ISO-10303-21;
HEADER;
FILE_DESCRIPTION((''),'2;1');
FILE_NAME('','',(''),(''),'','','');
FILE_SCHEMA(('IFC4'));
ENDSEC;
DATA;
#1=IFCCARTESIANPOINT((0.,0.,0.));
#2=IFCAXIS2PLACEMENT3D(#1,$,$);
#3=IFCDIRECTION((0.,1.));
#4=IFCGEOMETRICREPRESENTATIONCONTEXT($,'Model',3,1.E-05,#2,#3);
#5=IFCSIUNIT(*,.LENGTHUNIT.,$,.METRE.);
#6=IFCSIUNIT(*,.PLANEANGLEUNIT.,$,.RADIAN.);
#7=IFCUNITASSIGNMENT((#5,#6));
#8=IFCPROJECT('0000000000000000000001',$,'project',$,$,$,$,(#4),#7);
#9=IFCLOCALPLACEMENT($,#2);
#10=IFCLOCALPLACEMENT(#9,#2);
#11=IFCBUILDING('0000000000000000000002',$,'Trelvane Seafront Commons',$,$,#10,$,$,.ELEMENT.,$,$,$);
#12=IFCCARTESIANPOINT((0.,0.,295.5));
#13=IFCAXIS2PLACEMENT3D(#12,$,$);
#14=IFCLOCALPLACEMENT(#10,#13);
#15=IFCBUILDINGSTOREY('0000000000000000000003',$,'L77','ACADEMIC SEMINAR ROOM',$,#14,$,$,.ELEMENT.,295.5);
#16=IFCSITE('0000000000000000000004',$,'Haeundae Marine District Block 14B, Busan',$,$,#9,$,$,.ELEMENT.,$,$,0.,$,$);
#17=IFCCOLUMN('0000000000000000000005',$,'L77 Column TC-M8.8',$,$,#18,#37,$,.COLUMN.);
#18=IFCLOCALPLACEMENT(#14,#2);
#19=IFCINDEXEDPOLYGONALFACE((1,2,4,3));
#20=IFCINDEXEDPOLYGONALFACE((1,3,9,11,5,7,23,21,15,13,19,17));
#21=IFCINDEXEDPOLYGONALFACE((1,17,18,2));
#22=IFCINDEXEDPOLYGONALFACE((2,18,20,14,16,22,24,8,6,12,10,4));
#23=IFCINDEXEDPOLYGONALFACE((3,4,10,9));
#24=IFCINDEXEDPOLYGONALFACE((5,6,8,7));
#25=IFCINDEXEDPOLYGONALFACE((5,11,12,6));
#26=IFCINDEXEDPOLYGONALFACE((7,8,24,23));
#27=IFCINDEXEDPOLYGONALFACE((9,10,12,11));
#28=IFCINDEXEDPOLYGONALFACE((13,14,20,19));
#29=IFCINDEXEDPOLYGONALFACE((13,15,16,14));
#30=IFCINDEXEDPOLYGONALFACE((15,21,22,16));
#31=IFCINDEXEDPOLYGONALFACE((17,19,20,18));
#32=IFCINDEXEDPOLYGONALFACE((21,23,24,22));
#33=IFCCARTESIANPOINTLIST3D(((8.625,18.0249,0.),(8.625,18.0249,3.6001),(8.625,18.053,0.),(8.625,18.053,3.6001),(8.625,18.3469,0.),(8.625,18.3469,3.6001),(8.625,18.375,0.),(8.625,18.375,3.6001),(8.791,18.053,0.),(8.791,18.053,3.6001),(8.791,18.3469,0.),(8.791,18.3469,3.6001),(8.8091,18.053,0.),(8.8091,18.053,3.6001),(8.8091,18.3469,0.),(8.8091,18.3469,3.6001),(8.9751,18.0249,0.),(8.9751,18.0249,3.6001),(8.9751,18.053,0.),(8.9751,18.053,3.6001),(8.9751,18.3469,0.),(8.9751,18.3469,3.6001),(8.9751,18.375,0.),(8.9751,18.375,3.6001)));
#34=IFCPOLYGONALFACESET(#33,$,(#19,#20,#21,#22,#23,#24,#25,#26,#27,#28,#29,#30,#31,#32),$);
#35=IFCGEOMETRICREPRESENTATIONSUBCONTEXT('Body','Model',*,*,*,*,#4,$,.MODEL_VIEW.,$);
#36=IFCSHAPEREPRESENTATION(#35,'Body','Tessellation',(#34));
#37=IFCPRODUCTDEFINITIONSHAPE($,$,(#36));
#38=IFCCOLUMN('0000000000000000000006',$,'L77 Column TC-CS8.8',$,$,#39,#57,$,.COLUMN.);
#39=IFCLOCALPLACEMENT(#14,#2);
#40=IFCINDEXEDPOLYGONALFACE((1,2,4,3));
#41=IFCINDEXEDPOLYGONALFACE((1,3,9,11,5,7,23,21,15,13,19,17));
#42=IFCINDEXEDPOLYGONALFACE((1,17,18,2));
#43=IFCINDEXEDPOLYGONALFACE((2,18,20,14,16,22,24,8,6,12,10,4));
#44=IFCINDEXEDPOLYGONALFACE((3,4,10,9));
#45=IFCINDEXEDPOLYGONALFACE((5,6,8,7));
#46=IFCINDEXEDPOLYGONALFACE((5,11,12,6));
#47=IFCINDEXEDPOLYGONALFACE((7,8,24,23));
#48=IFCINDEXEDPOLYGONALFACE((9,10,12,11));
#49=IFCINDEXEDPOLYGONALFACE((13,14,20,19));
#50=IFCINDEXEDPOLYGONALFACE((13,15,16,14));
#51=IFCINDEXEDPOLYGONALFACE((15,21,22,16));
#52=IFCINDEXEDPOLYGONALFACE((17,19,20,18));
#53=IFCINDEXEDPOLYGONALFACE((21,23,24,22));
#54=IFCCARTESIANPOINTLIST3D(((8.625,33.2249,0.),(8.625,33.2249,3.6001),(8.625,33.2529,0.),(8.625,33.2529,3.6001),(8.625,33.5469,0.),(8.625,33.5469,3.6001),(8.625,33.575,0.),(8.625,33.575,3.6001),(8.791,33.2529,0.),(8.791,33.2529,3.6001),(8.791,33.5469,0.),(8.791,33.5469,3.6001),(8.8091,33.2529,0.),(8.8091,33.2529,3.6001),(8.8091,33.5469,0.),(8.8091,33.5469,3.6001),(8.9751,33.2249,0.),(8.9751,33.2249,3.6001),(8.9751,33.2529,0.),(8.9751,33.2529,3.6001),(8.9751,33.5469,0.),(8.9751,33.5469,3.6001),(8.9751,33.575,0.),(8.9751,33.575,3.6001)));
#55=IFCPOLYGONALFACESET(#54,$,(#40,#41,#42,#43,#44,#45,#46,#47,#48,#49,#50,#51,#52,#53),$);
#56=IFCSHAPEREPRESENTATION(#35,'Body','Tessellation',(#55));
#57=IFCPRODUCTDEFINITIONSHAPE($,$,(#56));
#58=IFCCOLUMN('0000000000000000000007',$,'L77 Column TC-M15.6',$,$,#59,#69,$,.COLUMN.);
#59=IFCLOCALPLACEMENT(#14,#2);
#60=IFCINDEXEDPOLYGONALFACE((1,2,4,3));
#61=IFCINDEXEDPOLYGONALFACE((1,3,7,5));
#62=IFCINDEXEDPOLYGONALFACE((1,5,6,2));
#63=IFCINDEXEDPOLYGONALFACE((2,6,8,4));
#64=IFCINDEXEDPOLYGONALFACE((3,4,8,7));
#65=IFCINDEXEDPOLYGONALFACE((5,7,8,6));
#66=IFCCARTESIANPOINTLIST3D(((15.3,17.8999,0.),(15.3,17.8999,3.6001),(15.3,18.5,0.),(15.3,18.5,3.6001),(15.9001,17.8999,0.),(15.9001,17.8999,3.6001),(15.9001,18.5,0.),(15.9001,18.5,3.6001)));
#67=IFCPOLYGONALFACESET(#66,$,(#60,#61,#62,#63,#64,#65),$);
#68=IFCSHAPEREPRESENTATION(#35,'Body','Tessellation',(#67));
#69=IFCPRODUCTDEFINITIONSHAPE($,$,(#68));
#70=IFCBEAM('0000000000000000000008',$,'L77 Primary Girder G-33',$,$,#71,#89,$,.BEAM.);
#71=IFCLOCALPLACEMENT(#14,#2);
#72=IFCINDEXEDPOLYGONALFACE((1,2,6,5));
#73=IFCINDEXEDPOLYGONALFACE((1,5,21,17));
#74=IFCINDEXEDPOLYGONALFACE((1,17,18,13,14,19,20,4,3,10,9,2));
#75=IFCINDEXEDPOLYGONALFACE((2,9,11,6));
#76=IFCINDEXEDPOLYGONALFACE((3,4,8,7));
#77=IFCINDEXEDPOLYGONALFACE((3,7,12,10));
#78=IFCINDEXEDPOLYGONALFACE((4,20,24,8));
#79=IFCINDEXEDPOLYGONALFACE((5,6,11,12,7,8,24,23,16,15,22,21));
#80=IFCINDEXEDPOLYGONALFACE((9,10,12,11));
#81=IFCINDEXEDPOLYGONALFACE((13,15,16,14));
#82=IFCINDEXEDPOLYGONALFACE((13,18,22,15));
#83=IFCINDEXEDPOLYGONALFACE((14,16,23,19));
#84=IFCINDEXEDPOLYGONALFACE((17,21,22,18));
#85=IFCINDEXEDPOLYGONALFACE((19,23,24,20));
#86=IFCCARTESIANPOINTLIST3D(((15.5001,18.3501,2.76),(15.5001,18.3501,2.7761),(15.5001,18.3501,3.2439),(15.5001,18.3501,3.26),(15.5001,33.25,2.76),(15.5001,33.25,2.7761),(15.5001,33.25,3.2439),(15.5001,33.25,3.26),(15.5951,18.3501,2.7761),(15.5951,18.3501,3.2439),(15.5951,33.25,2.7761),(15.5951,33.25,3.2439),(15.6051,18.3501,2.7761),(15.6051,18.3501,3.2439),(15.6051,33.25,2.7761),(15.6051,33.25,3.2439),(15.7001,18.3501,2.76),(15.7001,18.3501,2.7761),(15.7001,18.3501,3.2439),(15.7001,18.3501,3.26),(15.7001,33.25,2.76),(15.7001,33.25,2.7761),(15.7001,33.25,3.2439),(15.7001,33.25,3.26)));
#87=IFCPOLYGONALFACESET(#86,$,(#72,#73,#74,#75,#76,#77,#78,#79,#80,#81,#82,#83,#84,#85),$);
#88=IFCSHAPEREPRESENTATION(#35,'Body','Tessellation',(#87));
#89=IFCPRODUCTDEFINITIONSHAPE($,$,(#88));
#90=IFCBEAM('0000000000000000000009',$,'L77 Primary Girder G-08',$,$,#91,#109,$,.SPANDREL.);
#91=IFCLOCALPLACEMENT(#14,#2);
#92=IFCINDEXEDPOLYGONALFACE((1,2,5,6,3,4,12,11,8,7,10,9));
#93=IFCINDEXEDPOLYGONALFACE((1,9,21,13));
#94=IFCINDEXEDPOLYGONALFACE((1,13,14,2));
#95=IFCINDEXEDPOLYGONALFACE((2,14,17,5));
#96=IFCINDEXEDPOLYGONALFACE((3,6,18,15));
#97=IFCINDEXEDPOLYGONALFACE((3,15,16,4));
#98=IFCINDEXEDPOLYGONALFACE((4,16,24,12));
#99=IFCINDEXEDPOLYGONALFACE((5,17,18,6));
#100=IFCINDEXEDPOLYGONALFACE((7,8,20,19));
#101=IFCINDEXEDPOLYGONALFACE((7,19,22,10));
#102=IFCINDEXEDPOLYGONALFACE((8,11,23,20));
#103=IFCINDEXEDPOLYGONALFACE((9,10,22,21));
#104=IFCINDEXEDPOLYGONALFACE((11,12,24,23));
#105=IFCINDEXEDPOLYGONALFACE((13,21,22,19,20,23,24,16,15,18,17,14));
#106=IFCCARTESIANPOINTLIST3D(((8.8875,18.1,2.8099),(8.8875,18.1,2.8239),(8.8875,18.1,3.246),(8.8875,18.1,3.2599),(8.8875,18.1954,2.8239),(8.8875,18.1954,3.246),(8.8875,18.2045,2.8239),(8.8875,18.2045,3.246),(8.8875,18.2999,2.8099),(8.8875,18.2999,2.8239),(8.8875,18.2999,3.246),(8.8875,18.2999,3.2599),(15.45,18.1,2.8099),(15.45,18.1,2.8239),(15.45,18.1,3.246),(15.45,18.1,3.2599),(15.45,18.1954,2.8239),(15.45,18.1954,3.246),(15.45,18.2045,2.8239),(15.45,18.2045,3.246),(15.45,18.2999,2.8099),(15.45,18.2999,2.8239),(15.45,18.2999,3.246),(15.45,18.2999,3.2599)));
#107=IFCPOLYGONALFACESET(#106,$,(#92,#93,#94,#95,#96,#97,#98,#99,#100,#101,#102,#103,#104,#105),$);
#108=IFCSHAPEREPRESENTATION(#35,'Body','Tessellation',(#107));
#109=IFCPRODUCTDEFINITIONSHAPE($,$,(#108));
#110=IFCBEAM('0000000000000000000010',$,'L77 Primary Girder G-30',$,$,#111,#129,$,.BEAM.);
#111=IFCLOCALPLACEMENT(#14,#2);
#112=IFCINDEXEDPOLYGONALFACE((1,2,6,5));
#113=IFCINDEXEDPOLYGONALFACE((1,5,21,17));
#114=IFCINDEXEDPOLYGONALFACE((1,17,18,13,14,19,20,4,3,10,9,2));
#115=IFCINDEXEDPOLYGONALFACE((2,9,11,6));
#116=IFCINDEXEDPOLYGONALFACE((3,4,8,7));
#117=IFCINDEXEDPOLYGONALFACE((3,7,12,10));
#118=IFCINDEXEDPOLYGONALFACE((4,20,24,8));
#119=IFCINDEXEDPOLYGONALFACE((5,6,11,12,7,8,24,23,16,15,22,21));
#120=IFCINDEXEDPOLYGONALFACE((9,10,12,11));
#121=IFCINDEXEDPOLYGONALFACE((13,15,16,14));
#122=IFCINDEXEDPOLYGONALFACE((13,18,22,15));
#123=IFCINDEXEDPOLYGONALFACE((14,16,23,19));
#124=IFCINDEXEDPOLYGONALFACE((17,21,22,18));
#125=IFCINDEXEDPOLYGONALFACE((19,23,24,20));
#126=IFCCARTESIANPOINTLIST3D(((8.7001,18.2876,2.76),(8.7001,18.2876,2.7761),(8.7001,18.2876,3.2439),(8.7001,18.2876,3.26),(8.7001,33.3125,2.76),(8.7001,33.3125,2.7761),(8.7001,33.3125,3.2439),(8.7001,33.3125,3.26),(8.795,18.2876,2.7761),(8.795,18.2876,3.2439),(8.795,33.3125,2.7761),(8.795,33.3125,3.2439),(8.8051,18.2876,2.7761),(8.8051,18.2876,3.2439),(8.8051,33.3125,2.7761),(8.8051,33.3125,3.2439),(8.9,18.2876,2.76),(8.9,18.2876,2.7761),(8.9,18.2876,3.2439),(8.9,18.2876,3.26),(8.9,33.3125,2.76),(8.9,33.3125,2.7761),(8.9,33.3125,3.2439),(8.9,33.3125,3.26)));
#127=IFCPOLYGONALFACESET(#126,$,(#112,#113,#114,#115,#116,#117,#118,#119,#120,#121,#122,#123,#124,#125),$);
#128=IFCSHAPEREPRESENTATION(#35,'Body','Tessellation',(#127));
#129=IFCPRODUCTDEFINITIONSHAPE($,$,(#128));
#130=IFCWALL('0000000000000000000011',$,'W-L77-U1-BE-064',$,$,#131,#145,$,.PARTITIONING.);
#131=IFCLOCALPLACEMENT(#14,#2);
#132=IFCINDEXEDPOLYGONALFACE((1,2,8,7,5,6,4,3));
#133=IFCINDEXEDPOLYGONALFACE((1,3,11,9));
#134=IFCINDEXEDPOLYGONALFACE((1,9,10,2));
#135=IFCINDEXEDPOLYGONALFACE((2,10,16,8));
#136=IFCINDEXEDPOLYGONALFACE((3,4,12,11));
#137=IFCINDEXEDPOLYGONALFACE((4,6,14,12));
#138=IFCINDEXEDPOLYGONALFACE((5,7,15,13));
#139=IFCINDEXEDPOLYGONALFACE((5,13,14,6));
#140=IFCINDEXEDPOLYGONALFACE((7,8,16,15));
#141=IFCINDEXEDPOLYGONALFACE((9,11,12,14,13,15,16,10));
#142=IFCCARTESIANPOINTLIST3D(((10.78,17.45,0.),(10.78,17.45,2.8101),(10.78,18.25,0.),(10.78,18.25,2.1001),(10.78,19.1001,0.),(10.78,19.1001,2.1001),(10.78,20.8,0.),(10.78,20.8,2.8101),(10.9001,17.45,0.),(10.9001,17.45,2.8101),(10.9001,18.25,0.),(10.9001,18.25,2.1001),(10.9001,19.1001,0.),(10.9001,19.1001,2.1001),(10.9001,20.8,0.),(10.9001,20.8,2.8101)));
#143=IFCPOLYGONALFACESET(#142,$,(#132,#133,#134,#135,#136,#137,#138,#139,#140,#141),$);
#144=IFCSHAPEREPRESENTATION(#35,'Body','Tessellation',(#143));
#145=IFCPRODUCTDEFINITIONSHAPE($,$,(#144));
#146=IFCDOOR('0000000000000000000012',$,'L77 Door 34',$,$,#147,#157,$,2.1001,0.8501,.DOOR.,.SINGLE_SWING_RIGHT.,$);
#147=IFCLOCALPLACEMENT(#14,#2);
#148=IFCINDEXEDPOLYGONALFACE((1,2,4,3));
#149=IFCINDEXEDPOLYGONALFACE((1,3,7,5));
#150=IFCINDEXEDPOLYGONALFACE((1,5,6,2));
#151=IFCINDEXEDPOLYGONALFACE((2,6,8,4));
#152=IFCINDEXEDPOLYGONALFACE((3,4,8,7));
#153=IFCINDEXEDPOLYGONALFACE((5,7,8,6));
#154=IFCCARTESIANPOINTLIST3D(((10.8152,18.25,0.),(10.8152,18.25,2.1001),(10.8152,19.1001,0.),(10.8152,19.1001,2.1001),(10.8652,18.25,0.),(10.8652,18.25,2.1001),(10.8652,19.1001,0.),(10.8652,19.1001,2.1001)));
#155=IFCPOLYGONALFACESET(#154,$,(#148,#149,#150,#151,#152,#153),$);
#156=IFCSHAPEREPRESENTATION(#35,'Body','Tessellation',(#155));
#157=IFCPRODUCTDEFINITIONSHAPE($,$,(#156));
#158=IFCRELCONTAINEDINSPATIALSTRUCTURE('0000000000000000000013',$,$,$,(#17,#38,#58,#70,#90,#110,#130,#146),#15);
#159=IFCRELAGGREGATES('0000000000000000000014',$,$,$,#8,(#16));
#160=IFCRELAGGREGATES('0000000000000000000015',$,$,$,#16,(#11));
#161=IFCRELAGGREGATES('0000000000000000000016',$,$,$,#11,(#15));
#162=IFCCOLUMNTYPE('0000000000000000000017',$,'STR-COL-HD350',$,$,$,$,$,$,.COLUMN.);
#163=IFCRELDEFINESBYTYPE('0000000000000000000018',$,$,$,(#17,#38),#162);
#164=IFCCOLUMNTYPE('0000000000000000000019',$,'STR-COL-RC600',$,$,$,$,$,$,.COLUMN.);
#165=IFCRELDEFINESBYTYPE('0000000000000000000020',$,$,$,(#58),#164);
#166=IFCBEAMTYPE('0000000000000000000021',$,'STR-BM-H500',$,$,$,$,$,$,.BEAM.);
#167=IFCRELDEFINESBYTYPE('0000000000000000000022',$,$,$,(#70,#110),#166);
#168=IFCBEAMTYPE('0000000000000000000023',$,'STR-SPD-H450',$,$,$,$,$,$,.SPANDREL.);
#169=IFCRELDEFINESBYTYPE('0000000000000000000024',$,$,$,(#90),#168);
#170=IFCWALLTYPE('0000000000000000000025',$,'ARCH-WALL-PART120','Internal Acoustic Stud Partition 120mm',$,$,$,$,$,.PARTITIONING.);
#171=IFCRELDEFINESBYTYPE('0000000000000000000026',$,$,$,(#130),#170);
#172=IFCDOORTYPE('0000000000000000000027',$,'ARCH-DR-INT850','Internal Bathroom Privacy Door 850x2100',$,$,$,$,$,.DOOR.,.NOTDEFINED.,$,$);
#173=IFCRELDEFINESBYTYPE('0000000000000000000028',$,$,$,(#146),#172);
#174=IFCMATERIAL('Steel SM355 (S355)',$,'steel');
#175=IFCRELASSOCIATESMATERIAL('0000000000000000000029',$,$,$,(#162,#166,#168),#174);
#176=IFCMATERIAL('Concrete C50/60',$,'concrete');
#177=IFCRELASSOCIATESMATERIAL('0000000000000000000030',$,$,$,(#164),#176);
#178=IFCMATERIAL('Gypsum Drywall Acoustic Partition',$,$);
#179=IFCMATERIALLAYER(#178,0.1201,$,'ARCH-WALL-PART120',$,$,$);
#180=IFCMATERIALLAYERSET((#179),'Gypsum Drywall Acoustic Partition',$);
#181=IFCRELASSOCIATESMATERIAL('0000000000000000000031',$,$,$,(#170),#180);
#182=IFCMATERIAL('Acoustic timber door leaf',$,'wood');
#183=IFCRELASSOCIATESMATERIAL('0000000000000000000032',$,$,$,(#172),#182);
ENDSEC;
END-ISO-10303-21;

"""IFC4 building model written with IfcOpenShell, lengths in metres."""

from ifc_helpers import new_model, si_unit, direction, frame, frame_2d, origin, origin_2d, place, context, subcontext, project, spatial, rectangle, i_section, extrude, source, transform, mapped, material, layer, layer_set, material_profile, profile_set, type_object, element, fill, save


model = new_model("IFC4")

# Units and contexts
model_context = context("Model", 3, precision=1e-05, world=origin(), true_north=direction((0.0, 1.0)))
body_context = subcontext(model_context, "Body", "Model", "MODEL_VIEW")
ifc_project = project(units=[si_unit("LENGTHUNIT", "METRE"), si_unit("PLANEANGLEUNIT", "RADIAN")], contexts=[model_context])

# Site, building, storey
site_placement = place(None, origin())
site = spatial("IfcSite", under=ifc_project, at=site_placement, Name="Haeundae Marine District Block 14B, Busan", CompositionType="ELEMENT", RefElevation=0.0)
building_placement = place(site_placement, origin())
building = spatial("IfcBuilding", under=site, at=building_placement, Name="Trelvane Seafront Commons", CompositionType="ELEMENT")
storey_placement = place(building_placement, frame((0.0, 0.0, 295.5)))
storey = spatial("IfcBuildingStorey", under=building, at=storey_placement, Name="L77", Description="ACADEMIC SEMINAR ROOM", CompositionType="ELEMENT", Elevation=295.5)

# Columns
ifc_material_1 = material(Name="Steel SM355 (S355)", Category="steel")
ifc_material_profile_1 = material_profile(ifc_material_1, i_section(OverallWidth=0.3501, OverallDepth=0.3501, WebThickness=0.0181, FlangeThickness=0.0281, at=origin_2d()), Name="HD-350x350x18x28")
ifc_profile_set_1 = profile_set([ifc_material_profile_1], Name="Steel SM355 (S355)")
column_type_1 = type_object("IfcColumnType", Name="STR-COL-HD350", PredefinedType="COLUMN", material=ifc_profile_set_1)
shared_shape_1 = source(origin(), body_context, "Body", "SweptSolid", [
    extrude(i_section(OverallWidth=0.3501, OverallDepth=0.3501, WebThickness=0.0181, FlangeThickness=0.0281, at=origin_2d()), origin(), (0.0, 0.0, 1.0), 3.6001),
])
for number, where, z_axis, x_axis, name in (
    (1, (8.8, 18.2, 0.0), (0.0, 0.0, 1.0), (1.0, 0.0, 0.0), "L77 Column TC-M8.8"),
    (2, (8.8, 33.3999, 0.0), (0.0, 0.0, 1.0), (1.0, 0.0, 0.0), "L77 Column TC-CS8.8"),
):
    element("IfcColumn", number, at=place(storey_placement, frame(where, z_axis=z_axis, x_axis=x_axis)), inside=storey, type_object=column_type_1, Name=name, PredefinedType="COLUMN", context=body_context, shape_type="MappedRepresentation", body=[
        mapped(shared_shape_1, transform((0.0, 0.0, 0.0), x_axis=(1.0, 0.0, 0.0), y_axis=(0.0, 1.0, 0.0), z_axis=(0.0, 0.0, 1.0), scale=1.0)),
    ])
ifc_material_2 = material(Name="Concrete C50/60", Category="concrete")
ifc_material_profile_2 = material_profile(ifc_material_2, rectangle(XDim=0.6001, YDim=0.6001, at=origin_2d()), Name="RC-600x600")
ifc_profile_set_2 = profile_set([ifc_material_profile_2], Name="Concrete C50/60")
column_type_2 = type_object("IfcColumnType", Name="STR-COL-RC600", PredefinedType="COLUMN", material=ifc_profile_set_2)
shared_shape_2 = source(origin(), body_context, "Body", "SweptSolid", [
    extrude(rectangle(XDim=0.6001, YDim=0.6001, at=origin_2d()), origin(), (0.0, 0.0, 1.0), 3.6001),
])
column_placement = place(storey_placement, frame((15.6001, 18.2, 0.0), z_axis=(0.0, 0.0, 1.0), x_axis=(1.0, 0.0, 0.0)))
element("IfcColumn", 3, at=column_placement, inside=storey, type_object=column_type_2, Name="L77 Column TC-M15.6", PredefinedType="COLUMN", context=body_context, shape_type="MappedRepresentation", body=[
    mapped(shared_shape_2, transform((0.0, 0.0, 0.0), x_axis=(1.0, 0.0, 0.0), y_axis=(0.0, 1.0, 0.0), z_axis=(0.0, 0.0, 1.0), scale=1.0)),
])

# Beams
ifc_material_profile_3 = material_profile(ifc_material_1, i_section(OverallWidth=0.2, OverallDepth=0.5, WebThickness=0.01, FlangeThickness=0.0161, at=origin_2d()), Name="H-500x200x10x16")
ifc_profile_set_3 = profile_set([ifc_material_profile_3], Name="Steel SM355 (S355)")
beam_type_1 = type_object("IfcBeamType", Name="STR-BM-H500", PredefinedType="BEAM", material=ifc_profile_set_3)
shared_shape_3 = source(origin(), body_context, "Body", "SweptSolid", [
    extrude(i_section(OverallWidth=0.2, OverallDepth=0.5, WebThickness=0.01, FlangeThickness=0.0161, at=origin_2d()), origin(), (0.0, 0.0, 1.0), 14.8999),
])
beam_1_placement = place(storey_placement, frame((15.6001, 18.3501, 3.01), z_axis=(0.0, 1.0, 0.0), x_axis=(-1.0, 0.0, 0.0)))
element("IfcBeam", 4, at=beam_1_placement, inside=storey, type_object=beam_type_1, Name="L77 Primary Girder G-33", PredefinedType="BEAM", context=body_context, shape_type="MappedRepresentation", body=[
    mapped(shared_shape_3, transform((0.0, 0.0, 0.0), x_axis=(1.0, 0.0, 0.0), y_axis=(0.0, 1.0, 0.0), z_axis=(0.0, 0.0, 1.0), scale=1.0)),
])
ifc_material_profile_4 = material_profile(ifc_material_1, i_section(OverallWidth=0.2, OverallDepth=0.45, WebThickness=0.009, FlangeThickness=0.0139, at=origin_2d()), Name="H-450x200x9x14")
ifc_profile_set_4 = profile_set([ifc_material_profile_4], Name="Steel SM355 (S355)")
beam_type_2 = type_object("IfcBeamType", Name="STR-SPD-H450", PredefinedType="SPANDREL", material=ifc_profile_set_4)
shared_shape_4 = source(origin(), body_context, "Body", "SweptSolid", [
    extrude(i_section(OverallWidth=0.2, OverallDepth=0.45, WebThickness=0.009, FlangeThickness=0.0139, at=origin_2d()), origin(), (0.0, 0.0, 1.0), 6.5625),
])
beam_2_placement = place(storey_placement, frame((8.8875, 18.2, 3.0349), z_axis=(1.0, 0.0, 0.0), x_axis=(0.0, 1.0, 0.0)))
element("IfcBeam", 5, at=beam_2_placement, inside=storey, type_object=beam_type_2, Name="L77 Primary Girder G-08", PredefinedType="SPANDREL", context=body_context, shape_type="MappedRepresentation", body=[
    mapped(shared_shape_4, transform((0.0, 0.0, 0.0), x_axis=(1.0, 0.0, 0.0), y_axis=(0.0, 1.0, 0.0), z_axis=(0.0, 0.0, 1.0), scale=1.0)),
])
shared_shape_5 = source(origin(), body_context, "Body", "SweptSolid", [
    extrude(i_section(OverallWidth=0.2, OverallDepth=0.5, WebThickness=0.01, FlangeThickness=0.0161, at=origin_2d()), origin(), (0.0, 0.0, 1.0), 15.0249),
])
beam_3_placement = place(storey_placement, frame((8.8, 18.2876, 3.01), z_axis=(0.0, 1.0, 0.0), x_axis=(-1.0, 0.0, 0.0)))
element("IfcBeam", 6, at=beam_3_placement, inside=storey, type_object=beam_type_1, Name="L77 Primary Girder G-30", PredefinedType="BEAM", context=body_context, shape_type="MappedRepresentation", body=[
    mapped(shared_shape_5, transform((0.0, 0.0, 0.0), x_axis=(1.0, 0.0, 0.0), y_axis=(0.0, 1.0, 0.0), z_axis=(0.0, 0.0, 1.0), scale=1.0)),
])

# Wall, opening, door
ifc_material_3 = material(Name="Gypsum Drywall Acoustic Partition")
ifc_layer_1 = layer(ifc_material_3, 0.1201, Name="ARCH-WALL-PART120")
ifc_layer_set_1 = layer_set([ifc_layer_1], Name="Gypsum Drywall Acoustic Partition")
wall_type_1 = type_object("IfcWallType", Name="ARCH-WALL-PART120", Description="Internal Acoustic Stud Partition 120mm", PredefinedType="PARTITIONING", material=ifc_layer_set_1)
wall_1_placement = place(storey_placement, frame((10.8401, 17.45, 0.0), z_axis=(0.0, 0.0, 1.0), x_axis=(0.0, 1.0, 0.0)))
wall_1 = element("IfcWall", 7, at=wall_1_placement, inside=storey, type_object=wall_type_1, Name="W-L77-U1-BE-064", PredefinedType="PARTITIONING", context=body_context, shape_type="SweptSolid", body=[
    extrude(rectangle(XDim=3.3501, YDim=0.1201, at=frame_2d((1.675, 0.0))), origin(), (0.0, 0.0, 1.0), 2.8101),
])
opening_1_placement = place(wall_1_placement, frame((0.8, 0.0, 0.0)))
opening_1 = element("IfcOpeningElement", 8, at=opening_1_placement, cuts=wall_1, PredefinedType="OPENING", context=body_context, shape_type="SweptSolid", body=[
    extrude(rectangle(XDim=0.8501, YDim=2.1001, at=frame_2d((0.425, 1.05))), frame((0.0, 0.0701, 0.0), z_axis=(0.0, -1.0, 0.0), x_axis=(1.0, 0.0, 0.0)), (0.0, 0.0, 1.0), 0.1401),
])
ifc_material_4 = material(Name="Acoustic timber door leaf", Category="wood")
door_type_1 = type_object("IfcDoorType", Name="ARCH-DR-INT850", Description="Internal Bathroom Privacy Door 850x2100", OperationType="NOTDEFINED", PredefinedType="DOOR", material=ifc_material_4)
shared_shape_6 = source(origin(), body_context, "Body", "SweptSolid", [
    extrude(rectangle(XDim=0.8501, YDim=2.1001, at=frame_2d((0.425, 1.05))), frame((0.0, 0.0249, 0.0), z_axis=(0.0, -1.0, 0.0), x_axis=(1.0, 0.0, 0.0)), (0.0, 0.0, 1.0), 0.05),
])
door_1_placement = place(opening_1_placement, origin())
door_1 = element("IfcDoor", 9, at=door_1_placement, inside=storey, type_object=door_type_1, Name="L77 Door 34", OperationType="SINGLE_SWING_RIGHT", OverallHeight=2.1001, OverallWidth=0.8501, PredefinedType="DOOR", context=body_context, shape_type="MappedRepresentation", body=[
    mapped(shared_shape_6, transform((0.0, 0.0, 0.0), x_axis=(1.0, 0.0, 0.0), y_axis=(0.0, 1.0, 0.0), z_axis=(0.0, 0.0, 1.0), scale=1.0)),
])
fill(opening_1, door_1)

save(model, "model.ifc")
